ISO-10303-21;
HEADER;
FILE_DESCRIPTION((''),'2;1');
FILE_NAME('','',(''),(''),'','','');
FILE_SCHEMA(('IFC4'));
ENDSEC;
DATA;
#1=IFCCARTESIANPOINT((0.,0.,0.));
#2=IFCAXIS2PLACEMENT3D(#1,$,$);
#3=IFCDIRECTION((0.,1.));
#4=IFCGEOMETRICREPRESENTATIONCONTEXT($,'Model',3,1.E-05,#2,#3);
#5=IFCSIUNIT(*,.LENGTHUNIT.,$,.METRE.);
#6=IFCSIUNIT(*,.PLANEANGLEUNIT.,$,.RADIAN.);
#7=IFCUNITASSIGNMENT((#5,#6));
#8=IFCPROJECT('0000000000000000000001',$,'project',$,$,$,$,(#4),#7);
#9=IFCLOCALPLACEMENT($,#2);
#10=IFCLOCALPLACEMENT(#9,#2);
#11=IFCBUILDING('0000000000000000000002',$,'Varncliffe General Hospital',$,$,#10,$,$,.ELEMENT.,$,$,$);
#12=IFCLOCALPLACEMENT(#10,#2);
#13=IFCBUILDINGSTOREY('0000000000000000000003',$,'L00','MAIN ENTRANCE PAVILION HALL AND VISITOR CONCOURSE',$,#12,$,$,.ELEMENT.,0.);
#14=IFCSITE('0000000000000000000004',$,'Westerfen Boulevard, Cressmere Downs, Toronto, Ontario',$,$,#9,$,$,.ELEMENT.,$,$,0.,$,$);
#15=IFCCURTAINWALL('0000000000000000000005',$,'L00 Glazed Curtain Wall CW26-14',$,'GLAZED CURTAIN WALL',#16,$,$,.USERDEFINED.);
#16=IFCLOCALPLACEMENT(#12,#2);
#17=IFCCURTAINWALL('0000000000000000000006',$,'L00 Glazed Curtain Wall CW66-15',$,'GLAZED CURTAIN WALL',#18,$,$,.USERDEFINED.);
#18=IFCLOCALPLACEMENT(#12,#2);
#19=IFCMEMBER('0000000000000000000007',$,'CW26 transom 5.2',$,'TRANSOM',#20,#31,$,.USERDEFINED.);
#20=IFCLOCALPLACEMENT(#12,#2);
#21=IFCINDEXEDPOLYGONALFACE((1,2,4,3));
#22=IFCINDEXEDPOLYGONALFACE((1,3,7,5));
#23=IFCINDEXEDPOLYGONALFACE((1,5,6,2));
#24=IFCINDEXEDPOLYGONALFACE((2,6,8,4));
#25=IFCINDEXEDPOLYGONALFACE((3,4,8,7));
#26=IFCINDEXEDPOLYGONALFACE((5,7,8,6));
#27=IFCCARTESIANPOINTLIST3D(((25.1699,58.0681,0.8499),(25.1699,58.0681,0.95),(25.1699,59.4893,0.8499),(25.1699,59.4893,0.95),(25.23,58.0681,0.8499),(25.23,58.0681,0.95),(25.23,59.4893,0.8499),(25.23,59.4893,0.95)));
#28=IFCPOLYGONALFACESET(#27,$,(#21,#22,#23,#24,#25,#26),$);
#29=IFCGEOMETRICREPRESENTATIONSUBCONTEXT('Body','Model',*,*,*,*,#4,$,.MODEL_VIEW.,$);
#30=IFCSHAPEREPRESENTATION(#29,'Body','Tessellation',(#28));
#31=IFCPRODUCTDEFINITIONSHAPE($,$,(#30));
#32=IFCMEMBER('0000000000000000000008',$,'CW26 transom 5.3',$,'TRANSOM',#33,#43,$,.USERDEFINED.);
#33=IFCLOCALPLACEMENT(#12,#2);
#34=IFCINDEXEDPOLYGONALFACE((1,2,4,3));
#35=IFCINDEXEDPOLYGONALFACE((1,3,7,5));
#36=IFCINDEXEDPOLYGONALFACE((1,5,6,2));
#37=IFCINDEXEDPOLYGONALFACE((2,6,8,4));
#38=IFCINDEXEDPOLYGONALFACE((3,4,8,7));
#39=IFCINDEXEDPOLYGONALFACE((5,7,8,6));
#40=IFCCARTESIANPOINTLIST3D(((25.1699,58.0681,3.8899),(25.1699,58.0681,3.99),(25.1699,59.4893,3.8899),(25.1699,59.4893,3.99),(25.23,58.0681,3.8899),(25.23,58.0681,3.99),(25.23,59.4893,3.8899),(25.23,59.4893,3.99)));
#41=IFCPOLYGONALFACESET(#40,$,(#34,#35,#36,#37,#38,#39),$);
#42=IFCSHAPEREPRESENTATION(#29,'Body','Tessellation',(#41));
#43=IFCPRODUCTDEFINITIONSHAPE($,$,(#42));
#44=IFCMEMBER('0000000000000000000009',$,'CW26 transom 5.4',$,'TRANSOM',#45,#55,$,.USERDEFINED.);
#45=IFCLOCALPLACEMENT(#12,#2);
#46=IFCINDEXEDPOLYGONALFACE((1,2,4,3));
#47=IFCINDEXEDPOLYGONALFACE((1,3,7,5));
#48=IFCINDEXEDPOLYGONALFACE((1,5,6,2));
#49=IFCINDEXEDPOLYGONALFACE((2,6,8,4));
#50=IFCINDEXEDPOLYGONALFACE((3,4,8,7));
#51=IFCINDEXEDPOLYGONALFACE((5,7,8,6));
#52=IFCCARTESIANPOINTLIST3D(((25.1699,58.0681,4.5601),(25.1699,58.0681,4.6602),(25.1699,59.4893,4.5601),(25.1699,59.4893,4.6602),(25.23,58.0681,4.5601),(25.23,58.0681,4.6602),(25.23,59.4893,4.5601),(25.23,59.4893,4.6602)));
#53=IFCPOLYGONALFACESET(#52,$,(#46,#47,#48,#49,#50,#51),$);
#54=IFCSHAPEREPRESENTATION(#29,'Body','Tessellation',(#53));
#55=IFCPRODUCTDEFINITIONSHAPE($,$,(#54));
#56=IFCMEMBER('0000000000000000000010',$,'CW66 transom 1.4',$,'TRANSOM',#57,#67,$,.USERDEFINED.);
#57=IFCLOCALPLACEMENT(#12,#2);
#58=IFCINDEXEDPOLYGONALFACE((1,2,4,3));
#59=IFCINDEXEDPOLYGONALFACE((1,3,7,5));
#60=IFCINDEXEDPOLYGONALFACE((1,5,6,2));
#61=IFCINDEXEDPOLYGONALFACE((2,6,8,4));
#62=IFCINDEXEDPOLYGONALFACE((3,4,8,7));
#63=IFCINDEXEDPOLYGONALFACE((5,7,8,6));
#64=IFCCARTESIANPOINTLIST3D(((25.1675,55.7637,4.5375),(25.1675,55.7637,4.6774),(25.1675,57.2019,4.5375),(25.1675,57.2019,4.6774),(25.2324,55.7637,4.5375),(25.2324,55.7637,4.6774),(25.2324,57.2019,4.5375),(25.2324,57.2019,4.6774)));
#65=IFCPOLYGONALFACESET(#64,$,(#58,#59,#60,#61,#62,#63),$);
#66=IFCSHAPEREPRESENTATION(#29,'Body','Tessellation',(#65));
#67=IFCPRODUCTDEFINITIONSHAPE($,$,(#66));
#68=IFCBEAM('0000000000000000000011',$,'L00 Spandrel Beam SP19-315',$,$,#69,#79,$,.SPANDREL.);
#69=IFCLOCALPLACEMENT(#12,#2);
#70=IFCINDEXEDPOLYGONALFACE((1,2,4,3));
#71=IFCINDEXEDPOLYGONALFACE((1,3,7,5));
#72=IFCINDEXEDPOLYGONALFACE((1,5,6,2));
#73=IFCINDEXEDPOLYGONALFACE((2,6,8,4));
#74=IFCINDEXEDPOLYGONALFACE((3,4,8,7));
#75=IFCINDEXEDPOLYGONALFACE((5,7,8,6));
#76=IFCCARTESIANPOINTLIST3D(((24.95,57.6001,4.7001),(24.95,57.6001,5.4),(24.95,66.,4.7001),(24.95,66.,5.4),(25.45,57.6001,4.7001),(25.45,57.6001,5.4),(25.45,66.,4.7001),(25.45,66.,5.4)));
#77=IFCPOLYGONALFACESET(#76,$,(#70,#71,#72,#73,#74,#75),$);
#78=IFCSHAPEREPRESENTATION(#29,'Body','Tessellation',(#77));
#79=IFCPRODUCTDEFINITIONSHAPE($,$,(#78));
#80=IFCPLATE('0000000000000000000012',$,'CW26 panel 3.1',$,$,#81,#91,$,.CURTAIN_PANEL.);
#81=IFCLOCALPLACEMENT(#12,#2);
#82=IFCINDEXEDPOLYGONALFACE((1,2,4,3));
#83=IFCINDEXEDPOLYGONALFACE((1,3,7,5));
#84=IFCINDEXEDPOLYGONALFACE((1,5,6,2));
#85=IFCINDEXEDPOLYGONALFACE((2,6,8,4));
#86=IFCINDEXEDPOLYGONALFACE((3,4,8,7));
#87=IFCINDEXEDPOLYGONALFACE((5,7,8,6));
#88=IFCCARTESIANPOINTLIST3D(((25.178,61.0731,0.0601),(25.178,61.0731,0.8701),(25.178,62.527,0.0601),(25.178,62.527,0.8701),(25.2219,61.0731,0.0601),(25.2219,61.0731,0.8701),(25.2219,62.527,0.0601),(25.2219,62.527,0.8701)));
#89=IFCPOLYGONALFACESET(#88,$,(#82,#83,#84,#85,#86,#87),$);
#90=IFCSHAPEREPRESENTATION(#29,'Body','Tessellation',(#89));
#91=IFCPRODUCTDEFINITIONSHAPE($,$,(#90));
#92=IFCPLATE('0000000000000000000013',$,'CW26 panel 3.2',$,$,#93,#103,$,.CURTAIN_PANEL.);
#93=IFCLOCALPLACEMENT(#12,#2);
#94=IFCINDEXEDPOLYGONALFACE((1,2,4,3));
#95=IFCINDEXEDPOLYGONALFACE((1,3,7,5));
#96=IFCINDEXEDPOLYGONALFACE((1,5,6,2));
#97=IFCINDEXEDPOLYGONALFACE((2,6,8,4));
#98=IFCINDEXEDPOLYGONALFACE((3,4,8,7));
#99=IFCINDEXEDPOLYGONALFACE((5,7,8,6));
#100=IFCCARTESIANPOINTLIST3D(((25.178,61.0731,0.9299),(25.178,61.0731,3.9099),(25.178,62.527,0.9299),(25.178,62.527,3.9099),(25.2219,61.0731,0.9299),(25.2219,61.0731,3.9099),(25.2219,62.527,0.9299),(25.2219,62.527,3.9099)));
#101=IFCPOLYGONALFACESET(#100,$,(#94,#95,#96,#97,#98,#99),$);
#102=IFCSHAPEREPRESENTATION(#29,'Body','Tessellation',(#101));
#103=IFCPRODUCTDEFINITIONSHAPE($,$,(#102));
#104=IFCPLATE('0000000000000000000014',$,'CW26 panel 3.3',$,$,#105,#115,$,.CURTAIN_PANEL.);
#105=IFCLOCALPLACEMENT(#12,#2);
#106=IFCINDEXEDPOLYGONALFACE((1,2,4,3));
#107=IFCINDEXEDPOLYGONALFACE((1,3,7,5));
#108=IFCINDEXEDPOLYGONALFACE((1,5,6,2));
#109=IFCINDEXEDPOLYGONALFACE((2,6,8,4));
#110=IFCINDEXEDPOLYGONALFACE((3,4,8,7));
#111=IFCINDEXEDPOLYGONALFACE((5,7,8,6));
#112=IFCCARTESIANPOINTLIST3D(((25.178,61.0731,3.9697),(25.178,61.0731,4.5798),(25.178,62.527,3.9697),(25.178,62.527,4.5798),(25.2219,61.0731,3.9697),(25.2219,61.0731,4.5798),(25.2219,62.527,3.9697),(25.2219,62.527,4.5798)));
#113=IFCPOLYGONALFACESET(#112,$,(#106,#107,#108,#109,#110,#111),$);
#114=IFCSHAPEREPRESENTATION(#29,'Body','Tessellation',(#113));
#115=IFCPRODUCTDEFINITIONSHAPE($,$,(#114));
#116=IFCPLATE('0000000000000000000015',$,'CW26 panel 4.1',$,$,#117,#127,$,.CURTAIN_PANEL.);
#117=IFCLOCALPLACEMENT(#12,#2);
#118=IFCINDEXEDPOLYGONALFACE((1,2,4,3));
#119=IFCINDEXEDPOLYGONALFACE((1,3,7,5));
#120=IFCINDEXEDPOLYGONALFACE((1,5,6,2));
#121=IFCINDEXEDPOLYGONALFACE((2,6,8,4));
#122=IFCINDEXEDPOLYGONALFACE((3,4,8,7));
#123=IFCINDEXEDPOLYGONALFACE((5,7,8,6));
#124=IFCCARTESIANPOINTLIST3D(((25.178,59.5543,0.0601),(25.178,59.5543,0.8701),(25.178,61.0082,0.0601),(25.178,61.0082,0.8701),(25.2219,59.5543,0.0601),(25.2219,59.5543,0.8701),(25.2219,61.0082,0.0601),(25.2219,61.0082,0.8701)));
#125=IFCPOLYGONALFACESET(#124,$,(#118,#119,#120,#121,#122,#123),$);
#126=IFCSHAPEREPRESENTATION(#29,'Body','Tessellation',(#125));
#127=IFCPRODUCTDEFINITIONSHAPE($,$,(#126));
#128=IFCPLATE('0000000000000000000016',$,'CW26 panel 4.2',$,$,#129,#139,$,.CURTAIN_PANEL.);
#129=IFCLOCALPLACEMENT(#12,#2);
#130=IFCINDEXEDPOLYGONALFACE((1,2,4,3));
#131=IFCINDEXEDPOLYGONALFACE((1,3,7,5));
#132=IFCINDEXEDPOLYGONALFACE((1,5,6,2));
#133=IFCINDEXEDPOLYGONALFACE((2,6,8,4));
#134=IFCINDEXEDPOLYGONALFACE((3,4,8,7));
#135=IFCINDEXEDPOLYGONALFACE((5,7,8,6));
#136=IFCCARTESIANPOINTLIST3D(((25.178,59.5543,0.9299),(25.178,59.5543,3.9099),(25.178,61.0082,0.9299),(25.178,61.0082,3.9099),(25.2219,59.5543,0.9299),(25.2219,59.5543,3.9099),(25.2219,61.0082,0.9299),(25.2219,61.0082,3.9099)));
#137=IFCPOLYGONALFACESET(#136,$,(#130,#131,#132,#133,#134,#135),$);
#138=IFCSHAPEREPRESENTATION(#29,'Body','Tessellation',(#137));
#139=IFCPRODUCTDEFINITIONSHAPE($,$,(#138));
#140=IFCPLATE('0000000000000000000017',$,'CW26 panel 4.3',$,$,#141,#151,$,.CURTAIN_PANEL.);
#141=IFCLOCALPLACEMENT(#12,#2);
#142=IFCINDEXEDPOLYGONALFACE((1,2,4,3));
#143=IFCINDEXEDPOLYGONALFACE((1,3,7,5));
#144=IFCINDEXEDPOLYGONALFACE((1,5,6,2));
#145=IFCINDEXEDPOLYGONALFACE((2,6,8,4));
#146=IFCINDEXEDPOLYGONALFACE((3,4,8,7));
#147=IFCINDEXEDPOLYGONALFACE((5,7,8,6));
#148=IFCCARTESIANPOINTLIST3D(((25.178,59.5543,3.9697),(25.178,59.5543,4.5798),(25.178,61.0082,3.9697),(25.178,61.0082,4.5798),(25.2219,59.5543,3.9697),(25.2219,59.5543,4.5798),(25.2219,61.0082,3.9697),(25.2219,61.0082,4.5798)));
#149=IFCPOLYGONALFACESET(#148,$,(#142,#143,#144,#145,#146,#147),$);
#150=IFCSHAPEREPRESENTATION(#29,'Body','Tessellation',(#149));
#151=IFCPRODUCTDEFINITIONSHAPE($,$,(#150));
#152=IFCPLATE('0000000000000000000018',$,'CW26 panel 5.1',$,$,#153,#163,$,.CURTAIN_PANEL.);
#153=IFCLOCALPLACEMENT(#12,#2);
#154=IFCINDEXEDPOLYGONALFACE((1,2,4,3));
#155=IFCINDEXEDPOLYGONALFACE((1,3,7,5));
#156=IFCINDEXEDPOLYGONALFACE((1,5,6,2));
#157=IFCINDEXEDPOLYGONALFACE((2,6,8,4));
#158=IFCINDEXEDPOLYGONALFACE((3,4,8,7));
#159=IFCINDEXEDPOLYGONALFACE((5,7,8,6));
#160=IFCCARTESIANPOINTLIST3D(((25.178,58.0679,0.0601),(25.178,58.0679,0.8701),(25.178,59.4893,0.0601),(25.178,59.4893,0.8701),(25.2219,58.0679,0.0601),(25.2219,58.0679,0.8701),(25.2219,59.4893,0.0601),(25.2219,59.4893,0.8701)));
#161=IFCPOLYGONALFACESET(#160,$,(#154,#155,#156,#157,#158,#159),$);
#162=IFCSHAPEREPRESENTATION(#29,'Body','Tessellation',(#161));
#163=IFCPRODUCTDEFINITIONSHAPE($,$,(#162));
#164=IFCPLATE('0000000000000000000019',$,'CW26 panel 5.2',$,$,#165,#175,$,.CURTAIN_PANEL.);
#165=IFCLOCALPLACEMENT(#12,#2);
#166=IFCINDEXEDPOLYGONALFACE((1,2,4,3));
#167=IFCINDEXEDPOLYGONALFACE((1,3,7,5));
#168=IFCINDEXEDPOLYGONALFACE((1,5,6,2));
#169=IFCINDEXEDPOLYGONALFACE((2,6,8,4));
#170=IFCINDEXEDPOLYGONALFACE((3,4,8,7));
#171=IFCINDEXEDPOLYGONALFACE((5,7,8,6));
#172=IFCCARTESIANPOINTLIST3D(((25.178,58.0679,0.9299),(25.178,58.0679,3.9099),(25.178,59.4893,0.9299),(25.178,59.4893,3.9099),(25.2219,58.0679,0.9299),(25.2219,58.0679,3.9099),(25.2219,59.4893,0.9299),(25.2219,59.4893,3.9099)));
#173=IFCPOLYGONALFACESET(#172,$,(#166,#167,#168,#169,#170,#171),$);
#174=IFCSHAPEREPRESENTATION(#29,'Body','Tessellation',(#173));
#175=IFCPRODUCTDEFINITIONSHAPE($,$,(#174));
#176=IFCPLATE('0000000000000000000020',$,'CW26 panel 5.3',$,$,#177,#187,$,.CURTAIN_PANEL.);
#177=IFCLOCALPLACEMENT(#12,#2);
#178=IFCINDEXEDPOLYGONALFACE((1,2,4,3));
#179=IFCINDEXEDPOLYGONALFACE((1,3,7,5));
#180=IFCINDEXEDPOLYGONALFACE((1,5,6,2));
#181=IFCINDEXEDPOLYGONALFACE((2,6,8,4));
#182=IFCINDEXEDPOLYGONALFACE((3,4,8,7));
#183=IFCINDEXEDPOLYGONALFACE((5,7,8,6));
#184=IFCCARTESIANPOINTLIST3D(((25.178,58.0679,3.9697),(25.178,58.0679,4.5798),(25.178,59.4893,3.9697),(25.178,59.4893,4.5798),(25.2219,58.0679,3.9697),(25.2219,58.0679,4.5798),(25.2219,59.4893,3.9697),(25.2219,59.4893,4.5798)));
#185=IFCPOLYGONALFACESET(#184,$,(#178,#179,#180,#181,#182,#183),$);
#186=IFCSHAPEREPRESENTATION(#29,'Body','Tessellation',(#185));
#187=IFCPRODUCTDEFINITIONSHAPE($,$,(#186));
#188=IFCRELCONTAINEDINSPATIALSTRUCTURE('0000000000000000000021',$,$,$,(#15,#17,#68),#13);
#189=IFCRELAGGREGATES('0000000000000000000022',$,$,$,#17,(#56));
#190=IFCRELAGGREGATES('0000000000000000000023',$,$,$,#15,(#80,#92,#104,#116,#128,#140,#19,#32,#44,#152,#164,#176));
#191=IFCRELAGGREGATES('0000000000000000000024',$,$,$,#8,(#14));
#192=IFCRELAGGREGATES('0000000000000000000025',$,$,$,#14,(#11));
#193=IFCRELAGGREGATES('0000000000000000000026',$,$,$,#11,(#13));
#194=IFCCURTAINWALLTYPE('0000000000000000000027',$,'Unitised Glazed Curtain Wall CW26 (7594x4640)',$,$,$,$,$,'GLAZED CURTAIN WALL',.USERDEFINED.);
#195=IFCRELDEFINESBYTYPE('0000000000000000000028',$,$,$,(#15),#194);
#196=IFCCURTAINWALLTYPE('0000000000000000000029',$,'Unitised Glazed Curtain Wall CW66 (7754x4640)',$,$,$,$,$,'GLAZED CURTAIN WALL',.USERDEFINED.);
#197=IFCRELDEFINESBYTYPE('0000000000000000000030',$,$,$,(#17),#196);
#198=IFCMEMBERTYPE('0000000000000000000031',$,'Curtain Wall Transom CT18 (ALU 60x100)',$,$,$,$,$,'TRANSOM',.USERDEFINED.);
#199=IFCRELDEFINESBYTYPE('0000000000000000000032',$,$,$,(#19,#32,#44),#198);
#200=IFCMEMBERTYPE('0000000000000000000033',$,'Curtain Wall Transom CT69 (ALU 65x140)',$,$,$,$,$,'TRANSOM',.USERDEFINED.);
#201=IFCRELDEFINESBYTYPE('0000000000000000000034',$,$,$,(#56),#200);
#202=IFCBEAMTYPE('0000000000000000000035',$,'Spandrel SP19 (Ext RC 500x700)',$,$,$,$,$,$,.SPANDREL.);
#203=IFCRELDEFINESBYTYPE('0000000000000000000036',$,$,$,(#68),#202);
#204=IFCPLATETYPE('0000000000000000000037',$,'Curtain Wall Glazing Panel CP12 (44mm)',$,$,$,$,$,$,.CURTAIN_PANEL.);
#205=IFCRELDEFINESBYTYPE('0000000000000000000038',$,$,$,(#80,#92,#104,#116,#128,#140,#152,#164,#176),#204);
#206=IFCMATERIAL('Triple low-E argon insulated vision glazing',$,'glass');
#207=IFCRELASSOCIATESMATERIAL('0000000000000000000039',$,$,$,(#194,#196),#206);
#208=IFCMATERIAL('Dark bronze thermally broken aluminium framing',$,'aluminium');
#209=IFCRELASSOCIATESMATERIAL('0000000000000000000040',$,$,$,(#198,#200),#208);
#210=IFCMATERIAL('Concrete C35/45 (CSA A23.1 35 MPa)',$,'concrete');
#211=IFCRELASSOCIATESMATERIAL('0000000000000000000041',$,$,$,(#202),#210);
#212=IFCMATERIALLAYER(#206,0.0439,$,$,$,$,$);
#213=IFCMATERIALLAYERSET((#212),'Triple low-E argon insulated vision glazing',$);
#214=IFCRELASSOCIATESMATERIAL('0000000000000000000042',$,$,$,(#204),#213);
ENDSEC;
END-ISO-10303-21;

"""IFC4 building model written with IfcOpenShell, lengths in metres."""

from ifc_helpers import new_model, si_unit, direction, frame, origin, origin_2d, place, context, subcontext, project, spatial, rectangle, extrude, material, layer, layer_set, material_profile, profile_set, type_object, element, aggregate, save


model = new_model("IFC4")

# Units and contexts
model_context = context("Model", 3, precision=1e-05, world=origin(), true_north=direction((0.0, 1.0)))
body_context = subcontext(model_context, "Body", "Model", "MODEL_VIEW")
ifc_project = project(units=[si_unit("LENGTHUNIT", "METRE"), si_unit("PLANEANGLEUNIT", "RADIAN")], contexts=[model_context])

# Site, building, storey
site_placement = place(None, origin())
site = spatial("IfcSite", under=ifc_project, at=site_placement, Name="Westerfen Boulevard, Cressmere Downs, Toronto, Ontario", CompositionType="ELEMENT", RefElevation=0.0)
building_placement = place(site_placement, origin())
building = spatial("IfcBuilding", under=site, at=building_placement, Name="Varncliffe General Hospital", CompositionType="ELEMENT")
storey_placement = place(building_placement, origin())
storey = spatial("IfcBuildingStorey", under=building, at=storey_placement, Name="L00", Description="MAIN ENTRANCE PAVILION HALL AND VISITOR CONCOURSE", CompositionType="ELEMENT", Elevation=0.0)

# Curtain wall
ifc_material_1 = material(Name="Triple low-E argon insulated vision glazing", Category="glass")
curtain_wall_type_1 = type_object("IfcCurtainWallType", Name="Unitised Glazed Curtain Wall CW26 (7594x4640)", ElementType="GLAZED CURTAIN WALL", PredefinedType="USERDEFINED", material=ifc_material_1)
curtain_wall_1_placement = place(storey_placement, origin())
curtain_wall_1 = element("IfcCurtainWall", 1, at=curtain_wall_1_placement, inside=storey, type_object=curtain_wall_type_1, Name="L00 Glazed Curtain Wall CW26-14", ObjectType="GLAZED CURTAIN WALL", PredefinedType="USERDEFINED")
ifc_material_2 = material(Name="Dark bronze thermally broken aluminium framing", Category="aluminium")

# Curtain wall
curtain_wall_type_2 = type_object("IfcCurtainWallType", Name="Unitised Glazed Curtain Wall CW66 (7754x4640)", ElementType="GLAZED CURTAIN WALL", PredefinedType="USERDEFINED", material=ifc_material_1)
curtain_wall_2_placement = place(storey_placement, origin())
curtain_wall_2 = element("IfcCurtainWall", 2, at=curtain_wall_2_placement, inside=storey, type_object=curtain_wall_type_2, Name="L00 Glazed Curtain Wall CW66-15", ObjectType="GLAZED CURTAIN WALL", PredefinedType="USERDEFINED")

# Members
ifc_material_profile_1 = material_profile(ifc_material_2, rectangle(XDim=0.0601, YDim=0.1001, at=origin_2d()), Name="ALU 60x100")
ifc_profile_set_1 = profile_set([ifc_material_profile_1], Name="Dark bronze thermally broken aluminium framing")
member_type_1 = type_object("IfcMemberType", Name="Curtain Wall Transom CT18 (ALU 60x100)", ElementType="TRANSOM", PredefinedType="USERDEFINED", material=ifc_profile_set_1)
member_1_placement = place(storey_placement, frame((25.2, 59.4893, 0.8999), z_axis=(0.0, -1.0, 0.0), x_axis=(1.0, 0.0, 0.0)))
member_1 = element("IfcMember", 3, at=member_1_placement, type_object=member_type_1, Name="CW26 transom 5.2", ObjectType="TRANSOM", PredefinedType="USERDEFINED", context=body_context, shape_type="SweptSolid", body=[
    extrude(rectangle(XDim=0.0601, YDim=0.1001, at=origin_2d()), origin(), (0.0, 0.0, 1.0), 1.4211),
])
member_2_placement = place(storey_placement, frame((25.2, 59.4893, 3.9399), z_axis=(0.0, -1.0, 0.0), x_axis=(1.0, 0.0, 0.0)))
member_2 = element("IfcMember", 4, at=member_2_placement, type_object=member_type_1, Name="CW26 transom 5.3", ObjectType="TRANSOM", PredefinedType="USERDEFINED", context=body_context, shape_type="SweptSolid", body=[
    extrude(rectangle(XDim=0.0601, YDim=0.1001, at=origin_2d()), origin(), (0.0, 0.0, 1.0), 1.4211),
])
member_3_placement = place(storey_placement, frame((25.2, 59.4893, 4.6101), z_axis=(0.0, -1.0, 0.0), x_axis=(1.0, 0.0, 0.0)))
member_3 = element("IfcMember", 5, at=member_3_placement, type_object=member_type_1, Name="CW26 transom 5.4", ObjectType="TRANSOM", PredefinedType="USERDEFINED", context=body_context, shape_type="SweptSolid", body=[
    extrude(rectangle(XDim=0.0601, YDim=0.1001, at=origin_2d()), origin(), (0.0, 0.0, 1.0), 1.4211),
])
ifc_material_profile_2 = material_profile(ifc_material_2, rectangle(XDim=0.0649, YDim=0.1399, at=origin_2d()), Name="ALU 65x140")
ifc_profile_set_2 = profile_set([ifc_material_profile_2], Name="Dark bronze thermally broken aluminium framing")
member_type_2 = type_object("IfcMemberType", Name="Curtain Wall Transom CT69 (ALU 65x140)", ElementType="TRANSOM", PredefinedType="USERDEFINED", material=ifc_profile_set_2)
member_4_placement = place(storey_placement, frame((25.2, 57.2019, 4.6074), z_axis=(0.0, -1.0, 0.0), x_axis=(1.0, 0.0, 0.0)))
member_4 = element("IfcMember", 6, at=member_4_placement, type_object=member_type_2, Name="CW66 transom 1.4", ObjectType="TRANSOM", PredefinedType="USERDEFINED", context=body_context, shape_type="SweptSolid", body=[
    extrude(rectangle(XDim=0.0649, YDim=0.1399, at=origin_2d()), origin(), (0.0, 0.0, 1.0), 1.4382),
])
aggregate(curtain_wall_2, [member_4])

# Beam
ifc_material_3 = material(Name="Concrete C35/45 (CSA A23.1 35 MPa)", Category="concrete")
ifc_material_profile_3 = material_profile(ifc_material_3, rectangle(XDim=0.5, YDim=0.7, at=origin_2d()), Name="RC 500x700")
ifc_profile_set_3 = profile_set([ifc_material_profile_3], Name="Concrete C35/45 (CSA A23.1 35 MPa)")
beam_type = type_object("IfcBeamType", Name="Spandrel SP19 (Ext RC 500x700)", PredefinedType="SPANDREL", material=ifc_profile_set_3)
beam_placement = place(storey_placement, frame((25.2, 57.6001, 5.05), z_axis=(0.0, 1.0, 0.0), x_axis=(-1.0, 0.0, 0.0)))
element("IfcBeam", 7, at=beam_placement, inside=storey, type_object=beam_type, Name="L00 Spandrel Beam SP19-315", PredefinedType="SPANDREL", context=body_context, shape_type="SweptSolid", body=[
    extrude(rectangle(XDim=0.5, YDim=0.7, at=origin_2d()), origin(), (0.0, 0.0, 1.0), 8.3999),
])

# Plates
ifc_layer = layer(ifc_material_1, 0.0439)
ifc_layer_set = layer_set([ifc_layer], Name="Triple low-E argon insulated vision glazing")
plate_type = type_object("IfcPlateType", Name="Curtain Wall Glazing Panel CP12 (44mm)", PredefinedType="CURTAIN_PANEL", material=ifc_layer_set)
plate_1_placement = place(storey_placement, frame((25.2, 61.8, 0.0601), z_axis=(0.0, 0.0, 1.0), x_axis=(0.0, -1.0, 0.0)))
plate_1 = element("IfcPlate", 8, at=plate_1_placement, type_object=plate_type, Name="CW26 panel 3.1", PredefinedType="CURTAIN_PANEL", context=body_context, shape_type="SweptSolid", body=[
    extrude(rectangle(XDim=1.4539, YDim=0.0439, at=origin_2d()), origin(), (0.0, 0.0, 1.0), 0.8101),
])
plate_2_placement = place(storey_placement, frame((25.2, 61.8, 0.9299), z_axis=(0.0, 0.0, 1.0), x_axis=(0.0, -1.0, 0.0)))
plate_2 = element("IfcPlate", 9, at=plate_2_placement, type_object=plate_type, Name="CW26 panel 3.2", PredefinedType="CURTAIN_PANEL", context=body_context, shape_type="SweptSolid", body=[
    extrude(rectangle(XDim=1.4539, YDim=0.0439, at=origin_2d()), origin(), (0.0, 0.0, 1.0), 2.98),
])
plate_3_placement = place(storey_placement, frame((25.2, 61.8, 3.9697), z_axis=(0.0, 0.0, 1.0), x_axis=(0.0, -1.0, 0.0)))
plate_3 = element("IfcPlate", 10, at=plate_3_placement, type_object=plate_type, Name="CW26 panel 3.3", PredefinedType="CURTAIN_PANEL", context=body_context, shape_type="SweptSolid", body=[
    extrude(rectangle(XDim=1.4539, YDim=0.0439, at=origin_2d()), origin(), (0.0, 0.0, 1.0), 0.6101),
])
plate_4_placement = place(storey_placement, frame((25.2, 60.2812, 0.0601), z_axis=(0.0, 0.0, 1.0), x_axis=(0.0, -1.0, 0.0)))
plate_4 = element("IfcPlate", 11, at=plate_4_placement, type_object=plate_type, Name="CW26 panel 4.1", PredefinedType="CURTAIN_PANEL", context=body_context, shape_type="SweptSolid", body=[
    extrude(rectangle(XDim=1.4539, YDim=0.0439, at=origin_2d()), origin(), (0.0, 0.0, 1.0), 0.8101),
])
plate_5_placement = place(storey_placement, frame((25.2, 60.2812, 0.9299), z_axis=(0.0, 0.0, 1.0), x_axis=(0.0, -1.0, 0.0)))
plate_5 = element("IfcPlate", 12, at=plate_5_placement, type_object=plate_type, Name="CW26 panel 4.2", PredefinedType="CURTAIN_PANEL", context=body_context, shape_type="SweptSolid", body=[
    extrude(rectangle(XDim=1.4539, YDim=0.0439, at=origin_2d()), origin(), (0.0, 0.0, 1.0), 2.98),
])
plate_6_placement = place(storey_placement, frame((25.2, 60.2812, 3.9697), z_axis=(0.0, 0.0, 1.0), x_axis=(0.0, -1.0, 0.0)))
plate_6 = element("IfcPlate", 13, at=plate_6_placement, type_object=plate_type, Name="CW26 panel 4.3", PredefinedType="CURTAIN_PANEL", context=body_context, shape_type="SweptSolid", body=[
    extrude(rectangle(XDim=1.4539, YDim=0.0439, at=origin_2d()), origin(), (0.0, 0.0, 1.0), 0.6101),
])
plate_7_placement = place(storey_placement, frame((25.2, 58.7786, 0.0601), z_axis=(0.0, 0.0, 1.0), x_axis=(0.0, -1.0, 0.0)))
plate_7 = element("IfcPlate", 14, at=plate_7_placement, type_object=plate_type, Name="CW26 panel 5.1", PredefinedType="CURTAIN_PANEL", context=body_context, shape_type="SweptSolid", body=[
    extrude(rectangle(XDim=1.4214, YDim=0.0439, at=origin_2d()), origin(), (0.0, 0.0, 1.0), 0.8101),
])
plate_8_placement = place(storey_placement, frame((25.2, 58.7786, 0.9299), z_axis=(0.0, 0.0, 1.0), x_axis=(0.0, -1.0, 0.0)))
plate_8 = element("IfcPlate", 15, at=plate_8_placement, type_object=plate_type, Name="CW26 panel 5.2", PredefinedType="CURTAIN_PANEL", context=body_context, shape_type="SweptSolid", body=[
    extrude(rectangle(XDim=1.4214, YDim=0.0439, at=origin_2d()), origin(), (0.0, 0.0, 1.0), 2.98),
])
plate_9_placement = place(storey_placement, frame((25.2, 58.7786, 3.9697), z_axis=(0.0, 0.0, 1.0), x_axis=(0.0, -1.0, 0.0)))
plate_9 = element("IfcPlate", 16, at=plate_9_placement, type_object=plate_type, Name="CW26 panel 5.3", PredefinedType="CURTAIN_PANEL", context=body_context, shape_type="SweptSolid", body=[
    extrude(rectangle(XDim=1.4214, YDim=0.0439, at=origin_2d()), origin(), (0.0, 0.0, 1.0), 0.6101),
])
aggregate(curtain_wall_1, [plate_1, plate_2, plate_3, plate_4, plate_5, plate_6, member_1, member_2, member_3, plate_7, plate_8, plate_9])

save(model, "model.ifc")
